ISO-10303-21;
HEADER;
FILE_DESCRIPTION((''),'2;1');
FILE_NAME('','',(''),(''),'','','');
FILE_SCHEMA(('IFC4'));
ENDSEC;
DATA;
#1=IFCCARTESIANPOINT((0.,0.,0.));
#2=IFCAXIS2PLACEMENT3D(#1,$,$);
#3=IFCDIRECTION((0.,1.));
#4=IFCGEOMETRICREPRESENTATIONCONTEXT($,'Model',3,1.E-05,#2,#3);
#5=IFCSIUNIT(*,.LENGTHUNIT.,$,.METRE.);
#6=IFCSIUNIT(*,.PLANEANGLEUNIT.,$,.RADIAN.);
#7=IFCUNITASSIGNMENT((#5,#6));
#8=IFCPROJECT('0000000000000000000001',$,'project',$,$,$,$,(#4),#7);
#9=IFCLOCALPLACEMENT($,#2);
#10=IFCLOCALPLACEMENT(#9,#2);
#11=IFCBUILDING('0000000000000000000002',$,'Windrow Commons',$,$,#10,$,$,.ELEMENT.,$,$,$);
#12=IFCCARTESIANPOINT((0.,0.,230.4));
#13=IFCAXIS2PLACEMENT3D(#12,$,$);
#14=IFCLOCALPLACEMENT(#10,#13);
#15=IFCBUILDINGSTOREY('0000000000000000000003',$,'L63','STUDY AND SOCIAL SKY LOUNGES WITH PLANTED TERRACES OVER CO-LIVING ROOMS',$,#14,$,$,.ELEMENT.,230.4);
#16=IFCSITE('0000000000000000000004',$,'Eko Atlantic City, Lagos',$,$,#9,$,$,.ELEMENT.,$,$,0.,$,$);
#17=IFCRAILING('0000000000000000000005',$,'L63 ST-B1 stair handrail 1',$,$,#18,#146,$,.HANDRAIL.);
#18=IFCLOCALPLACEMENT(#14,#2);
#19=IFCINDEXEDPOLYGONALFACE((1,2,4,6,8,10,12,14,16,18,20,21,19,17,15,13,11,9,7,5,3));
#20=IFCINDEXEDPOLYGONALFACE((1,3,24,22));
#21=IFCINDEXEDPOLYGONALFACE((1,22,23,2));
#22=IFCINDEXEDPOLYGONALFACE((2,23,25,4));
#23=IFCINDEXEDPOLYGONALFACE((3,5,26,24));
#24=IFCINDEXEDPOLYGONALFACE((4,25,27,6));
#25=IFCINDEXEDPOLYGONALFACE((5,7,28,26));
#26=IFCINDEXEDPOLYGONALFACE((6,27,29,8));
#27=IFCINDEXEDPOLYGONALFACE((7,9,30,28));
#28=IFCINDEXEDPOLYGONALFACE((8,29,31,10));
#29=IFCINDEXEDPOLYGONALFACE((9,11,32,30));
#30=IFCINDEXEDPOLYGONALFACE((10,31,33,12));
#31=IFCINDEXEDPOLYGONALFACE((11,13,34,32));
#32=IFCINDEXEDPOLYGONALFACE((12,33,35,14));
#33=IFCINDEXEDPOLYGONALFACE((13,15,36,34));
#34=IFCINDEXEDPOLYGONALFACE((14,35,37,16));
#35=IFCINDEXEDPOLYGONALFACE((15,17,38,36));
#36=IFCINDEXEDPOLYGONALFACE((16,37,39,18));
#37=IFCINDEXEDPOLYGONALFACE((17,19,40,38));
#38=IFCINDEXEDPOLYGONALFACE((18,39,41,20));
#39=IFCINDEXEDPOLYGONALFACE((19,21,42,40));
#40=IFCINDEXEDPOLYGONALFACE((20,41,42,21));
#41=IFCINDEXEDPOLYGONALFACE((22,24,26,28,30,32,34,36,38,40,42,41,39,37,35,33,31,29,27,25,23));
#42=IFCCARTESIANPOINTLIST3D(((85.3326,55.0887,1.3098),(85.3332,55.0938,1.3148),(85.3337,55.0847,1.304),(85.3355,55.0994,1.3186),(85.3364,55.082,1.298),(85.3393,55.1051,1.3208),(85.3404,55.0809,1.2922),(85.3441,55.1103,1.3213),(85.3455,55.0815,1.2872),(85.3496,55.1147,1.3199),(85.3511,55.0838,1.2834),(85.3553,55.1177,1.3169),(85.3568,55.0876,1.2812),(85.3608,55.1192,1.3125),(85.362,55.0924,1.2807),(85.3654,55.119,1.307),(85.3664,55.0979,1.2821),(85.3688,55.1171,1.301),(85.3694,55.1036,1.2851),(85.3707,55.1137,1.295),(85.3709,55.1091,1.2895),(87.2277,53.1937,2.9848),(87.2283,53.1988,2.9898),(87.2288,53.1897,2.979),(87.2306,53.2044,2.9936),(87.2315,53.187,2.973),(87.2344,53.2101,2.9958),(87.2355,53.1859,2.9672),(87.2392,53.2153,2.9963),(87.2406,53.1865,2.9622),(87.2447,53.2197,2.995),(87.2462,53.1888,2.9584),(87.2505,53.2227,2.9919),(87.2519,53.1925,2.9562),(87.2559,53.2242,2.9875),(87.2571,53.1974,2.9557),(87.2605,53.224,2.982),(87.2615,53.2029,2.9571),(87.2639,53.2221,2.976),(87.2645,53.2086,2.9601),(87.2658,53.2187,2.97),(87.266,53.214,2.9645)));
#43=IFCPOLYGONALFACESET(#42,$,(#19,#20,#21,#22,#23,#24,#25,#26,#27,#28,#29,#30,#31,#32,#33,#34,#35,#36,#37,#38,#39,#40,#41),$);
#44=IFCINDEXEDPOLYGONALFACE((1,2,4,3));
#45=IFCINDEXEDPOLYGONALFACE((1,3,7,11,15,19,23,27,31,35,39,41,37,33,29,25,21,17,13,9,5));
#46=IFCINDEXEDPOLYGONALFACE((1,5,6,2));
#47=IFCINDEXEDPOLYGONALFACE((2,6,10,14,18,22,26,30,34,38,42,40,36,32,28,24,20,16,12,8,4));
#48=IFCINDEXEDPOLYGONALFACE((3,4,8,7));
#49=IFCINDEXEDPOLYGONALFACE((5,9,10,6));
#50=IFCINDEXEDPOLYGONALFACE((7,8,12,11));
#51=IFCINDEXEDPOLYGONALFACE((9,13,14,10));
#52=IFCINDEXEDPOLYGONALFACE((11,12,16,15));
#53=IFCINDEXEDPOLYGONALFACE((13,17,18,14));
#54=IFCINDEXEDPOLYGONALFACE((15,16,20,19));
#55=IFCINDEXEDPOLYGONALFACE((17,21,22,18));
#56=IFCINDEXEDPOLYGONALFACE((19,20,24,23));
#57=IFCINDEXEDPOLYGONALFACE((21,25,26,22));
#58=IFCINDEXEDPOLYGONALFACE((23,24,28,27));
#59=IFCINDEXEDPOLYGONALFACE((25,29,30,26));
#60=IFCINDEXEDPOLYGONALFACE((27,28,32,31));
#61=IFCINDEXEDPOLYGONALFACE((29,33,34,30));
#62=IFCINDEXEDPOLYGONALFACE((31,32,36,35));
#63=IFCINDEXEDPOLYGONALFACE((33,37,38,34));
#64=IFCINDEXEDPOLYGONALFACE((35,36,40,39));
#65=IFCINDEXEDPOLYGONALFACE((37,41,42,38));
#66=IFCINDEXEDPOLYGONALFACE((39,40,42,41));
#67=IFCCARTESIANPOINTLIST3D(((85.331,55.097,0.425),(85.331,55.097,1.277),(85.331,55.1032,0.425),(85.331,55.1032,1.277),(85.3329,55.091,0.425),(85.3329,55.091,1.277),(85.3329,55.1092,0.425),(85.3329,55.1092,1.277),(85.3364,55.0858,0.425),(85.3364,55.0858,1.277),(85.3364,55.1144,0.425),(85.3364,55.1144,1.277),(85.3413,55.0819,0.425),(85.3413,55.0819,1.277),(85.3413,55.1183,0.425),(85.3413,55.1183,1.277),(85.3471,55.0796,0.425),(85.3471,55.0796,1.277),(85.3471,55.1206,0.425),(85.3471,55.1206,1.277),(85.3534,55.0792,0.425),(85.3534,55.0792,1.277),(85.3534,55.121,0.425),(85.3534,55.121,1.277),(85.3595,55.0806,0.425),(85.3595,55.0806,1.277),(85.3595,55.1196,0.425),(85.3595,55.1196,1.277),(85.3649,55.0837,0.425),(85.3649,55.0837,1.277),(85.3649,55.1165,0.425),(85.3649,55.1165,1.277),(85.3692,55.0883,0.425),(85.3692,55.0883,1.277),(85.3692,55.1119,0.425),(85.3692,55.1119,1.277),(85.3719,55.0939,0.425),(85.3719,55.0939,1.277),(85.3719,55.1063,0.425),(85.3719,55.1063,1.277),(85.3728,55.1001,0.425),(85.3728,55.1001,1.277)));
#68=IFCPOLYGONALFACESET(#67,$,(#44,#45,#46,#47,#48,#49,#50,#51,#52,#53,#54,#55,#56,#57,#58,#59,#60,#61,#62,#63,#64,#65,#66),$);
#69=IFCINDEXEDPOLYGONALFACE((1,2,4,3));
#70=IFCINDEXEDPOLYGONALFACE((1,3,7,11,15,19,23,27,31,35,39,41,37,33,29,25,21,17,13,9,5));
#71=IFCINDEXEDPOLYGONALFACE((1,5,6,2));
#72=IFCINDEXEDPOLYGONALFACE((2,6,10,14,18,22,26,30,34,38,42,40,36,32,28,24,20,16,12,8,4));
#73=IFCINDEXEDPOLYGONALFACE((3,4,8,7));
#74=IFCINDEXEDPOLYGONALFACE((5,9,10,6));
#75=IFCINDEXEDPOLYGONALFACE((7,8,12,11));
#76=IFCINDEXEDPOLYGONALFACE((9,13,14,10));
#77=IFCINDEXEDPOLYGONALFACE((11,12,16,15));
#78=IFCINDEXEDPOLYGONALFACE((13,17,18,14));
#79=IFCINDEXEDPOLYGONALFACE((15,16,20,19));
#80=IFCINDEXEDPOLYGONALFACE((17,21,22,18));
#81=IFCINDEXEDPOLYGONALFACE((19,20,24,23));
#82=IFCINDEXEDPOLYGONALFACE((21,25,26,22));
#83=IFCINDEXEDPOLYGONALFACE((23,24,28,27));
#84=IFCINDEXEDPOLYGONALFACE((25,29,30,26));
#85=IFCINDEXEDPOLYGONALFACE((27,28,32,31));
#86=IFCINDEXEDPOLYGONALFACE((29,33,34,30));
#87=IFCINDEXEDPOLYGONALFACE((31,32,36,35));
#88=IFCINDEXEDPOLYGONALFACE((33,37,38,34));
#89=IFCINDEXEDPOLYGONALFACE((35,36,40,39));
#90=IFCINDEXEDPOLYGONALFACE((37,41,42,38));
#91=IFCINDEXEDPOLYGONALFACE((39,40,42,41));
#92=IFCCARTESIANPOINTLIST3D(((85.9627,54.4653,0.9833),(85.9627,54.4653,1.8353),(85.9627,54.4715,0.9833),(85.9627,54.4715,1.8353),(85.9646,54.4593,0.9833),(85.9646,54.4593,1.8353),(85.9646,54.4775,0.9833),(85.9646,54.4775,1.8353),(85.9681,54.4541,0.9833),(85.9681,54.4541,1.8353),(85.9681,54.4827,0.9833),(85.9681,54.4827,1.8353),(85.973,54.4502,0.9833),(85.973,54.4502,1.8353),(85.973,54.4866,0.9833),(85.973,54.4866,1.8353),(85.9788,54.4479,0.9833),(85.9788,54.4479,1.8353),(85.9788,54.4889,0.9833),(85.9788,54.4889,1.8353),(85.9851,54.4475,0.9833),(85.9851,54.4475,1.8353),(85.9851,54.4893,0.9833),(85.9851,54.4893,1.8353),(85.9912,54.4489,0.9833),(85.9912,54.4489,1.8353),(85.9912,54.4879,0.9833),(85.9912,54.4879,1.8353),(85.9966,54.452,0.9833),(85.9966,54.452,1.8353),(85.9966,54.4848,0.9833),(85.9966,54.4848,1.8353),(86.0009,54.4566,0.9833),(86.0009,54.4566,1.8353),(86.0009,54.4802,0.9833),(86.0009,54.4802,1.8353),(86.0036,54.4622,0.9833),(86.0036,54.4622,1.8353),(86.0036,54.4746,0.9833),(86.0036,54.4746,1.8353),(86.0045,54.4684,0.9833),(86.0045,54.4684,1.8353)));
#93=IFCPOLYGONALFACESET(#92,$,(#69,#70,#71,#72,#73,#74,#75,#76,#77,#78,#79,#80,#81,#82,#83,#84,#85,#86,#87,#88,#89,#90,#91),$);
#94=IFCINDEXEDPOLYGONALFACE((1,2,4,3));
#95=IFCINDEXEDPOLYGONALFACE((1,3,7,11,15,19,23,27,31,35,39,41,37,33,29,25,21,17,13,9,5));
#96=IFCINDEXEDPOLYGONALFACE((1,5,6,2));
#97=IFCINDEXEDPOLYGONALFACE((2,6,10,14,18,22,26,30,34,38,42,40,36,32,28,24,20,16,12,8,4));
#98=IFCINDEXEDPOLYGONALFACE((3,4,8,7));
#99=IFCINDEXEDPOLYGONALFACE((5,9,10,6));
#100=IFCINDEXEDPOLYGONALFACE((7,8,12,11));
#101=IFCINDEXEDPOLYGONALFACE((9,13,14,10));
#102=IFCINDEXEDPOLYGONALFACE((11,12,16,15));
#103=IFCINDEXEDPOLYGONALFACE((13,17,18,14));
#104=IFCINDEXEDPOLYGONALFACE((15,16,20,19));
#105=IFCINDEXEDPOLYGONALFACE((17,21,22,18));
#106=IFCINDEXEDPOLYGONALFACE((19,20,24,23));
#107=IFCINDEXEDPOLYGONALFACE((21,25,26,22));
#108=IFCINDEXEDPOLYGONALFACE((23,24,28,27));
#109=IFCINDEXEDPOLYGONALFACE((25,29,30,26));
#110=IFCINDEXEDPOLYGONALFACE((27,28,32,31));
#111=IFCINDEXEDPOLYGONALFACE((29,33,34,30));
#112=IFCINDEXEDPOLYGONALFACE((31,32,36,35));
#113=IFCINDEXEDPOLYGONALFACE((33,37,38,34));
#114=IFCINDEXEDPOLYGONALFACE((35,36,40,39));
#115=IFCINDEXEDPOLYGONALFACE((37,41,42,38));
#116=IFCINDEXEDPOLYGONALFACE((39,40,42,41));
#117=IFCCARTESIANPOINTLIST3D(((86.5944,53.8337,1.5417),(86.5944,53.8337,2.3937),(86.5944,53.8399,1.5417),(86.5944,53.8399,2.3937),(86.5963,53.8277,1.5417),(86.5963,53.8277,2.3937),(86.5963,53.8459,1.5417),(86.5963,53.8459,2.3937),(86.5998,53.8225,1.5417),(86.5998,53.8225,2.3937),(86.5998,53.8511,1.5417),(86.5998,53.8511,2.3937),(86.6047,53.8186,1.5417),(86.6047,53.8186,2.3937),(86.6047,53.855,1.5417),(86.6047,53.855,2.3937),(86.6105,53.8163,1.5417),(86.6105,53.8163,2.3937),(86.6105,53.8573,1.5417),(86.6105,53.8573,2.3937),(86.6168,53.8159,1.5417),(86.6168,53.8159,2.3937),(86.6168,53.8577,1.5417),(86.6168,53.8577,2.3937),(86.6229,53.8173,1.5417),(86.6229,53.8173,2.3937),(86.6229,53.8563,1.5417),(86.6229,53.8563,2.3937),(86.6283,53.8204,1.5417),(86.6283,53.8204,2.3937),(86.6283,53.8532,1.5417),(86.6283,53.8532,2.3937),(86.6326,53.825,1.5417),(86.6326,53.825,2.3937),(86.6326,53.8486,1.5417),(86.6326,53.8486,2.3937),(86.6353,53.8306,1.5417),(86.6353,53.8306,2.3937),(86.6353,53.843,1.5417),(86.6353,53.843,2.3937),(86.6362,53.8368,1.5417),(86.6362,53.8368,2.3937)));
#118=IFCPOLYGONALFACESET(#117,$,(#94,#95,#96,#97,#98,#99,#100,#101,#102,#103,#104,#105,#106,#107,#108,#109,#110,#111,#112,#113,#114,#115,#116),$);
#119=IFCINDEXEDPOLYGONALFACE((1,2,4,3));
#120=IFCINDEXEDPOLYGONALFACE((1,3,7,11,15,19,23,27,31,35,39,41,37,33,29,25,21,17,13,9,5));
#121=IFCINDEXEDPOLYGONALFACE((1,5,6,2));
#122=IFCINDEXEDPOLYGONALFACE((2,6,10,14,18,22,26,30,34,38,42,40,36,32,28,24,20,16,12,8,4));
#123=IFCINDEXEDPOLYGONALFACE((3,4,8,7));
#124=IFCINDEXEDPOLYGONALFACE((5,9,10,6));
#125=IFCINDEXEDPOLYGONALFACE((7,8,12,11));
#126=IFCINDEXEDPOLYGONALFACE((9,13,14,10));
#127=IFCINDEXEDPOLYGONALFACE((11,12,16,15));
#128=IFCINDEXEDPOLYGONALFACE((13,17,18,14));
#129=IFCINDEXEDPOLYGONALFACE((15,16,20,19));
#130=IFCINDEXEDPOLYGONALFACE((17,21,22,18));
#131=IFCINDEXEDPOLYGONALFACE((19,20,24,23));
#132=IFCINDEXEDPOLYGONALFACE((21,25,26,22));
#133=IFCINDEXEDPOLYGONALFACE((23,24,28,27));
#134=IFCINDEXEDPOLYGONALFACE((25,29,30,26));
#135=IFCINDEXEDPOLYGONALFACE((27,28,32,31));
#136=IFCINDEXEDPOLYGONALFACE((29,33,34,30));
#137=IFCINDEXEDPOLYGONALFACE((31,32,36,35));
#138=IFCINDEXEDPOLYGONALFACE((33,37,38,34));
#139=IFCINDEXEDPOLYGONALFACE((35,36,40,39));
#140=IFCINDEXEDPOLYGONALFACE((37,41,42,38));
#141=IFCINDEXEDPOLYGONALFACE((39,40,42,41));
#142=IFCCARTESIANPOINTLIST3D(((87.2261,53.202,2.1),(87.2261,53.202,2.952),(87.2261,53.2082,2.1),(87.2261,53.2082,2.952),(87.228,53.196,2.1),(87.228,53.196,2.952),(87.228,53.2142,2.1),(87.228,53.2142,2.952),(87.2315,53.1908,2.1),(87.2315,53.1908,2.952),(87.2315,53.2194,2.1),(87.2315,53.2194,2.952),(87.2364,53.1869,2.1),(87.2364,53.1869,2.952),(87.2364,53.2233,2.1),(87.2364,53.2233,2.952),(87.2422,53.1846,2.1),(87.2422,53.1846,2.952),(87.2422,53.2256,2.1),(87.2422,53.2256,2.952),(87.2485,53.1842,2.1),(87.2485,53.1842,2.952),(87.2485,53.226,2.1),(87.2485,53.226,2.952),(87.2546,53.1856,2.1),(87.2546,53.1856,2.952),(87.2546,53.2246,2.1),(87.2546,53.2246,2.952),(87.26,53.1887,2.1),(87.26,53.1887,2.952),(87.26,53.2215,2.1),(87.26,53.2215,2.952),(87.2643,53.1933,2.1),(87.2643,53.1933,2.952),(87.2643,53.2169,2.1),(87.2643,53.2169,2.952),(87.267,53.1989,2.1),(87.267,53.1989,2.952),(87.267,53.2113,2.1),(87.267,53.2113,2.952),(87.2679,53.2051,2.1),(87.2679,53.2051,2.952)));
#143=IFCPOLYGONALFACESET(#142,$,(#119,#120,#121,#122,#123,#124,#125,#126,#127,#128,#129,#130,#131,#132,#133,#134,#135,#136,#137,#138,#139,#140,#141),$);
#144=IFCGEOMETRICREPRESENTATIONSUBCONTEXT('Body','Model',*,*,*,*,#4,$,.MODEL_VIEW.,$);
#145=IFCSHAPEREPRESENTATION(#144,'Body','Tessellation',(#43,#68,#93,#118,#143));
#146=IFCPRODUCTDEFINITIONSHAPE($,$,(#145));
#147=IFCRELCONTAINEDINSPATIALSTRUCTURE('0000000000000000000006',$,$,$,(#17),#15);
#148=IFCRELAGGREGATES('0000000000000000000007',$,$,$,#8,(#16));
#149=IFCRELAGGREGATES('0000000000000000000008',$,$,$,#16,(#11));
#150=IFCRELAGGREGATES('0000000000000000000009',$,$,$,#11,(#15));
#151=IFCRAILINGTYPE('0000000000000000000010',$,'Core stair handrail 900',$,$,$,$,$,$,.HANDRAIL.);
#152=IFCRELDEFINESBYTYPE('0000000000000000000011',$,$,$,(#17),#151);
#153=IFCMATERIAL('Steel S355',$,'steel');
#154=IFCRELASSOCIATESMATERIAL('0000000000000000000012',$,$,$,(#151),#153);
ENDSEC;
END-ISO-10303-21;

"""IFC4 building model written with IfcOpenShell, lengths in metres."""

from ifc_helpers import new_model, si_unit, direction, frame, origin, origin_2d, place, context, subcontext, project, spatial, circle, extrude, material, type_object, element, save


model = new_model("IFC4")

# Units and contexts
model_context = context("Model", 3, precision=1e-05, world=origin(), true_north=direction((0.0, 1.0)))
body_context = subcontext(model_context, "Body", "Model", "MODEL_VIEW")
ifc_project = project(units=[si_unit("LENGTHUNIT", "METRE"), si_unit("PLANEANGLEUNIT", "RADIAN")], contexts=[model_context])

# Site, building, storey
site_placement = place(None, origin())
site = spatial("IfcSite", under=ifc_project, at=site_placement, Name="Eko Atlantic City, Lagos", CompositionType="ELEMENT", RefElevation=0.0)
building_placement = place(site_placement, origin())
building = spatial("IfcBuilding", under=site, at=building_placement, Name="Windrow Commons", CompositionType="ELEMENT")
storey_placement = place(building_placement, frame((0.0, 0.0, 230.4)))
storey = spatial("IfcBuildingStorey", under=building, at=storey_placement, Name="L63", Description="STUDY AND SOCIAL SKY LOUNGES WITH PLANTED TERRACES OVER CO-LIVING ROOMS", CompositionType="ELEMENT", Elevation=230.4)

# Railing
ifc_material_1 = material(Name="Steel S355", Category="steel")
railing_type_1 = type_object("IfcRailingType", Name="Core stair handrail 900", PredefinedType="HANDRAIL", material=ifc_material_1)
railing_1_placement = place(storey_placement, frame((85.3518, 55.1001, 0.425)))
element("IfcRailing", 1, at=railing_1_placement, inside=storey, type_object=railing_type_1, Name="L63 ST-B1 stair handrail 1", PredefinedType="HANDRAIL", context=body_context, shape_type="SweptSolid", body=[
    extrude(circle(Radius=0.024, at=origin_2d()), frame((0.0, 0.0, 0.876), z_axis=(0.599642, -0.59961, 0.529998), x_axis=(0.707088, 0.707125, 0.0)), (0.0, 0.0, 1.0), 3.1604),
    extrude(circle(Radius=0.021, at=origin_2d()), origin(), (0.0, 0.0, 1.0), 0.852),
    extrude(circle(Radius=0.021, at=origin_2d()), frame((0.6317, -0.6317, 0.5583)), (0.0, 0.0, 1.0), 0.852),
    extrude(circle(Radius=0.021, at=origin_2d()), frame((1.2634, -1.2633, 1.1167)), (0.0, 0.0, 1.0), 0.852),
    extrude(circle(Radius=0.021, at=origin_2d()), frame((1.8951, -1.895, 1.675)), (0.0, 0.0, 1.0), 0.852),
])

save(model, "model.ifc")
